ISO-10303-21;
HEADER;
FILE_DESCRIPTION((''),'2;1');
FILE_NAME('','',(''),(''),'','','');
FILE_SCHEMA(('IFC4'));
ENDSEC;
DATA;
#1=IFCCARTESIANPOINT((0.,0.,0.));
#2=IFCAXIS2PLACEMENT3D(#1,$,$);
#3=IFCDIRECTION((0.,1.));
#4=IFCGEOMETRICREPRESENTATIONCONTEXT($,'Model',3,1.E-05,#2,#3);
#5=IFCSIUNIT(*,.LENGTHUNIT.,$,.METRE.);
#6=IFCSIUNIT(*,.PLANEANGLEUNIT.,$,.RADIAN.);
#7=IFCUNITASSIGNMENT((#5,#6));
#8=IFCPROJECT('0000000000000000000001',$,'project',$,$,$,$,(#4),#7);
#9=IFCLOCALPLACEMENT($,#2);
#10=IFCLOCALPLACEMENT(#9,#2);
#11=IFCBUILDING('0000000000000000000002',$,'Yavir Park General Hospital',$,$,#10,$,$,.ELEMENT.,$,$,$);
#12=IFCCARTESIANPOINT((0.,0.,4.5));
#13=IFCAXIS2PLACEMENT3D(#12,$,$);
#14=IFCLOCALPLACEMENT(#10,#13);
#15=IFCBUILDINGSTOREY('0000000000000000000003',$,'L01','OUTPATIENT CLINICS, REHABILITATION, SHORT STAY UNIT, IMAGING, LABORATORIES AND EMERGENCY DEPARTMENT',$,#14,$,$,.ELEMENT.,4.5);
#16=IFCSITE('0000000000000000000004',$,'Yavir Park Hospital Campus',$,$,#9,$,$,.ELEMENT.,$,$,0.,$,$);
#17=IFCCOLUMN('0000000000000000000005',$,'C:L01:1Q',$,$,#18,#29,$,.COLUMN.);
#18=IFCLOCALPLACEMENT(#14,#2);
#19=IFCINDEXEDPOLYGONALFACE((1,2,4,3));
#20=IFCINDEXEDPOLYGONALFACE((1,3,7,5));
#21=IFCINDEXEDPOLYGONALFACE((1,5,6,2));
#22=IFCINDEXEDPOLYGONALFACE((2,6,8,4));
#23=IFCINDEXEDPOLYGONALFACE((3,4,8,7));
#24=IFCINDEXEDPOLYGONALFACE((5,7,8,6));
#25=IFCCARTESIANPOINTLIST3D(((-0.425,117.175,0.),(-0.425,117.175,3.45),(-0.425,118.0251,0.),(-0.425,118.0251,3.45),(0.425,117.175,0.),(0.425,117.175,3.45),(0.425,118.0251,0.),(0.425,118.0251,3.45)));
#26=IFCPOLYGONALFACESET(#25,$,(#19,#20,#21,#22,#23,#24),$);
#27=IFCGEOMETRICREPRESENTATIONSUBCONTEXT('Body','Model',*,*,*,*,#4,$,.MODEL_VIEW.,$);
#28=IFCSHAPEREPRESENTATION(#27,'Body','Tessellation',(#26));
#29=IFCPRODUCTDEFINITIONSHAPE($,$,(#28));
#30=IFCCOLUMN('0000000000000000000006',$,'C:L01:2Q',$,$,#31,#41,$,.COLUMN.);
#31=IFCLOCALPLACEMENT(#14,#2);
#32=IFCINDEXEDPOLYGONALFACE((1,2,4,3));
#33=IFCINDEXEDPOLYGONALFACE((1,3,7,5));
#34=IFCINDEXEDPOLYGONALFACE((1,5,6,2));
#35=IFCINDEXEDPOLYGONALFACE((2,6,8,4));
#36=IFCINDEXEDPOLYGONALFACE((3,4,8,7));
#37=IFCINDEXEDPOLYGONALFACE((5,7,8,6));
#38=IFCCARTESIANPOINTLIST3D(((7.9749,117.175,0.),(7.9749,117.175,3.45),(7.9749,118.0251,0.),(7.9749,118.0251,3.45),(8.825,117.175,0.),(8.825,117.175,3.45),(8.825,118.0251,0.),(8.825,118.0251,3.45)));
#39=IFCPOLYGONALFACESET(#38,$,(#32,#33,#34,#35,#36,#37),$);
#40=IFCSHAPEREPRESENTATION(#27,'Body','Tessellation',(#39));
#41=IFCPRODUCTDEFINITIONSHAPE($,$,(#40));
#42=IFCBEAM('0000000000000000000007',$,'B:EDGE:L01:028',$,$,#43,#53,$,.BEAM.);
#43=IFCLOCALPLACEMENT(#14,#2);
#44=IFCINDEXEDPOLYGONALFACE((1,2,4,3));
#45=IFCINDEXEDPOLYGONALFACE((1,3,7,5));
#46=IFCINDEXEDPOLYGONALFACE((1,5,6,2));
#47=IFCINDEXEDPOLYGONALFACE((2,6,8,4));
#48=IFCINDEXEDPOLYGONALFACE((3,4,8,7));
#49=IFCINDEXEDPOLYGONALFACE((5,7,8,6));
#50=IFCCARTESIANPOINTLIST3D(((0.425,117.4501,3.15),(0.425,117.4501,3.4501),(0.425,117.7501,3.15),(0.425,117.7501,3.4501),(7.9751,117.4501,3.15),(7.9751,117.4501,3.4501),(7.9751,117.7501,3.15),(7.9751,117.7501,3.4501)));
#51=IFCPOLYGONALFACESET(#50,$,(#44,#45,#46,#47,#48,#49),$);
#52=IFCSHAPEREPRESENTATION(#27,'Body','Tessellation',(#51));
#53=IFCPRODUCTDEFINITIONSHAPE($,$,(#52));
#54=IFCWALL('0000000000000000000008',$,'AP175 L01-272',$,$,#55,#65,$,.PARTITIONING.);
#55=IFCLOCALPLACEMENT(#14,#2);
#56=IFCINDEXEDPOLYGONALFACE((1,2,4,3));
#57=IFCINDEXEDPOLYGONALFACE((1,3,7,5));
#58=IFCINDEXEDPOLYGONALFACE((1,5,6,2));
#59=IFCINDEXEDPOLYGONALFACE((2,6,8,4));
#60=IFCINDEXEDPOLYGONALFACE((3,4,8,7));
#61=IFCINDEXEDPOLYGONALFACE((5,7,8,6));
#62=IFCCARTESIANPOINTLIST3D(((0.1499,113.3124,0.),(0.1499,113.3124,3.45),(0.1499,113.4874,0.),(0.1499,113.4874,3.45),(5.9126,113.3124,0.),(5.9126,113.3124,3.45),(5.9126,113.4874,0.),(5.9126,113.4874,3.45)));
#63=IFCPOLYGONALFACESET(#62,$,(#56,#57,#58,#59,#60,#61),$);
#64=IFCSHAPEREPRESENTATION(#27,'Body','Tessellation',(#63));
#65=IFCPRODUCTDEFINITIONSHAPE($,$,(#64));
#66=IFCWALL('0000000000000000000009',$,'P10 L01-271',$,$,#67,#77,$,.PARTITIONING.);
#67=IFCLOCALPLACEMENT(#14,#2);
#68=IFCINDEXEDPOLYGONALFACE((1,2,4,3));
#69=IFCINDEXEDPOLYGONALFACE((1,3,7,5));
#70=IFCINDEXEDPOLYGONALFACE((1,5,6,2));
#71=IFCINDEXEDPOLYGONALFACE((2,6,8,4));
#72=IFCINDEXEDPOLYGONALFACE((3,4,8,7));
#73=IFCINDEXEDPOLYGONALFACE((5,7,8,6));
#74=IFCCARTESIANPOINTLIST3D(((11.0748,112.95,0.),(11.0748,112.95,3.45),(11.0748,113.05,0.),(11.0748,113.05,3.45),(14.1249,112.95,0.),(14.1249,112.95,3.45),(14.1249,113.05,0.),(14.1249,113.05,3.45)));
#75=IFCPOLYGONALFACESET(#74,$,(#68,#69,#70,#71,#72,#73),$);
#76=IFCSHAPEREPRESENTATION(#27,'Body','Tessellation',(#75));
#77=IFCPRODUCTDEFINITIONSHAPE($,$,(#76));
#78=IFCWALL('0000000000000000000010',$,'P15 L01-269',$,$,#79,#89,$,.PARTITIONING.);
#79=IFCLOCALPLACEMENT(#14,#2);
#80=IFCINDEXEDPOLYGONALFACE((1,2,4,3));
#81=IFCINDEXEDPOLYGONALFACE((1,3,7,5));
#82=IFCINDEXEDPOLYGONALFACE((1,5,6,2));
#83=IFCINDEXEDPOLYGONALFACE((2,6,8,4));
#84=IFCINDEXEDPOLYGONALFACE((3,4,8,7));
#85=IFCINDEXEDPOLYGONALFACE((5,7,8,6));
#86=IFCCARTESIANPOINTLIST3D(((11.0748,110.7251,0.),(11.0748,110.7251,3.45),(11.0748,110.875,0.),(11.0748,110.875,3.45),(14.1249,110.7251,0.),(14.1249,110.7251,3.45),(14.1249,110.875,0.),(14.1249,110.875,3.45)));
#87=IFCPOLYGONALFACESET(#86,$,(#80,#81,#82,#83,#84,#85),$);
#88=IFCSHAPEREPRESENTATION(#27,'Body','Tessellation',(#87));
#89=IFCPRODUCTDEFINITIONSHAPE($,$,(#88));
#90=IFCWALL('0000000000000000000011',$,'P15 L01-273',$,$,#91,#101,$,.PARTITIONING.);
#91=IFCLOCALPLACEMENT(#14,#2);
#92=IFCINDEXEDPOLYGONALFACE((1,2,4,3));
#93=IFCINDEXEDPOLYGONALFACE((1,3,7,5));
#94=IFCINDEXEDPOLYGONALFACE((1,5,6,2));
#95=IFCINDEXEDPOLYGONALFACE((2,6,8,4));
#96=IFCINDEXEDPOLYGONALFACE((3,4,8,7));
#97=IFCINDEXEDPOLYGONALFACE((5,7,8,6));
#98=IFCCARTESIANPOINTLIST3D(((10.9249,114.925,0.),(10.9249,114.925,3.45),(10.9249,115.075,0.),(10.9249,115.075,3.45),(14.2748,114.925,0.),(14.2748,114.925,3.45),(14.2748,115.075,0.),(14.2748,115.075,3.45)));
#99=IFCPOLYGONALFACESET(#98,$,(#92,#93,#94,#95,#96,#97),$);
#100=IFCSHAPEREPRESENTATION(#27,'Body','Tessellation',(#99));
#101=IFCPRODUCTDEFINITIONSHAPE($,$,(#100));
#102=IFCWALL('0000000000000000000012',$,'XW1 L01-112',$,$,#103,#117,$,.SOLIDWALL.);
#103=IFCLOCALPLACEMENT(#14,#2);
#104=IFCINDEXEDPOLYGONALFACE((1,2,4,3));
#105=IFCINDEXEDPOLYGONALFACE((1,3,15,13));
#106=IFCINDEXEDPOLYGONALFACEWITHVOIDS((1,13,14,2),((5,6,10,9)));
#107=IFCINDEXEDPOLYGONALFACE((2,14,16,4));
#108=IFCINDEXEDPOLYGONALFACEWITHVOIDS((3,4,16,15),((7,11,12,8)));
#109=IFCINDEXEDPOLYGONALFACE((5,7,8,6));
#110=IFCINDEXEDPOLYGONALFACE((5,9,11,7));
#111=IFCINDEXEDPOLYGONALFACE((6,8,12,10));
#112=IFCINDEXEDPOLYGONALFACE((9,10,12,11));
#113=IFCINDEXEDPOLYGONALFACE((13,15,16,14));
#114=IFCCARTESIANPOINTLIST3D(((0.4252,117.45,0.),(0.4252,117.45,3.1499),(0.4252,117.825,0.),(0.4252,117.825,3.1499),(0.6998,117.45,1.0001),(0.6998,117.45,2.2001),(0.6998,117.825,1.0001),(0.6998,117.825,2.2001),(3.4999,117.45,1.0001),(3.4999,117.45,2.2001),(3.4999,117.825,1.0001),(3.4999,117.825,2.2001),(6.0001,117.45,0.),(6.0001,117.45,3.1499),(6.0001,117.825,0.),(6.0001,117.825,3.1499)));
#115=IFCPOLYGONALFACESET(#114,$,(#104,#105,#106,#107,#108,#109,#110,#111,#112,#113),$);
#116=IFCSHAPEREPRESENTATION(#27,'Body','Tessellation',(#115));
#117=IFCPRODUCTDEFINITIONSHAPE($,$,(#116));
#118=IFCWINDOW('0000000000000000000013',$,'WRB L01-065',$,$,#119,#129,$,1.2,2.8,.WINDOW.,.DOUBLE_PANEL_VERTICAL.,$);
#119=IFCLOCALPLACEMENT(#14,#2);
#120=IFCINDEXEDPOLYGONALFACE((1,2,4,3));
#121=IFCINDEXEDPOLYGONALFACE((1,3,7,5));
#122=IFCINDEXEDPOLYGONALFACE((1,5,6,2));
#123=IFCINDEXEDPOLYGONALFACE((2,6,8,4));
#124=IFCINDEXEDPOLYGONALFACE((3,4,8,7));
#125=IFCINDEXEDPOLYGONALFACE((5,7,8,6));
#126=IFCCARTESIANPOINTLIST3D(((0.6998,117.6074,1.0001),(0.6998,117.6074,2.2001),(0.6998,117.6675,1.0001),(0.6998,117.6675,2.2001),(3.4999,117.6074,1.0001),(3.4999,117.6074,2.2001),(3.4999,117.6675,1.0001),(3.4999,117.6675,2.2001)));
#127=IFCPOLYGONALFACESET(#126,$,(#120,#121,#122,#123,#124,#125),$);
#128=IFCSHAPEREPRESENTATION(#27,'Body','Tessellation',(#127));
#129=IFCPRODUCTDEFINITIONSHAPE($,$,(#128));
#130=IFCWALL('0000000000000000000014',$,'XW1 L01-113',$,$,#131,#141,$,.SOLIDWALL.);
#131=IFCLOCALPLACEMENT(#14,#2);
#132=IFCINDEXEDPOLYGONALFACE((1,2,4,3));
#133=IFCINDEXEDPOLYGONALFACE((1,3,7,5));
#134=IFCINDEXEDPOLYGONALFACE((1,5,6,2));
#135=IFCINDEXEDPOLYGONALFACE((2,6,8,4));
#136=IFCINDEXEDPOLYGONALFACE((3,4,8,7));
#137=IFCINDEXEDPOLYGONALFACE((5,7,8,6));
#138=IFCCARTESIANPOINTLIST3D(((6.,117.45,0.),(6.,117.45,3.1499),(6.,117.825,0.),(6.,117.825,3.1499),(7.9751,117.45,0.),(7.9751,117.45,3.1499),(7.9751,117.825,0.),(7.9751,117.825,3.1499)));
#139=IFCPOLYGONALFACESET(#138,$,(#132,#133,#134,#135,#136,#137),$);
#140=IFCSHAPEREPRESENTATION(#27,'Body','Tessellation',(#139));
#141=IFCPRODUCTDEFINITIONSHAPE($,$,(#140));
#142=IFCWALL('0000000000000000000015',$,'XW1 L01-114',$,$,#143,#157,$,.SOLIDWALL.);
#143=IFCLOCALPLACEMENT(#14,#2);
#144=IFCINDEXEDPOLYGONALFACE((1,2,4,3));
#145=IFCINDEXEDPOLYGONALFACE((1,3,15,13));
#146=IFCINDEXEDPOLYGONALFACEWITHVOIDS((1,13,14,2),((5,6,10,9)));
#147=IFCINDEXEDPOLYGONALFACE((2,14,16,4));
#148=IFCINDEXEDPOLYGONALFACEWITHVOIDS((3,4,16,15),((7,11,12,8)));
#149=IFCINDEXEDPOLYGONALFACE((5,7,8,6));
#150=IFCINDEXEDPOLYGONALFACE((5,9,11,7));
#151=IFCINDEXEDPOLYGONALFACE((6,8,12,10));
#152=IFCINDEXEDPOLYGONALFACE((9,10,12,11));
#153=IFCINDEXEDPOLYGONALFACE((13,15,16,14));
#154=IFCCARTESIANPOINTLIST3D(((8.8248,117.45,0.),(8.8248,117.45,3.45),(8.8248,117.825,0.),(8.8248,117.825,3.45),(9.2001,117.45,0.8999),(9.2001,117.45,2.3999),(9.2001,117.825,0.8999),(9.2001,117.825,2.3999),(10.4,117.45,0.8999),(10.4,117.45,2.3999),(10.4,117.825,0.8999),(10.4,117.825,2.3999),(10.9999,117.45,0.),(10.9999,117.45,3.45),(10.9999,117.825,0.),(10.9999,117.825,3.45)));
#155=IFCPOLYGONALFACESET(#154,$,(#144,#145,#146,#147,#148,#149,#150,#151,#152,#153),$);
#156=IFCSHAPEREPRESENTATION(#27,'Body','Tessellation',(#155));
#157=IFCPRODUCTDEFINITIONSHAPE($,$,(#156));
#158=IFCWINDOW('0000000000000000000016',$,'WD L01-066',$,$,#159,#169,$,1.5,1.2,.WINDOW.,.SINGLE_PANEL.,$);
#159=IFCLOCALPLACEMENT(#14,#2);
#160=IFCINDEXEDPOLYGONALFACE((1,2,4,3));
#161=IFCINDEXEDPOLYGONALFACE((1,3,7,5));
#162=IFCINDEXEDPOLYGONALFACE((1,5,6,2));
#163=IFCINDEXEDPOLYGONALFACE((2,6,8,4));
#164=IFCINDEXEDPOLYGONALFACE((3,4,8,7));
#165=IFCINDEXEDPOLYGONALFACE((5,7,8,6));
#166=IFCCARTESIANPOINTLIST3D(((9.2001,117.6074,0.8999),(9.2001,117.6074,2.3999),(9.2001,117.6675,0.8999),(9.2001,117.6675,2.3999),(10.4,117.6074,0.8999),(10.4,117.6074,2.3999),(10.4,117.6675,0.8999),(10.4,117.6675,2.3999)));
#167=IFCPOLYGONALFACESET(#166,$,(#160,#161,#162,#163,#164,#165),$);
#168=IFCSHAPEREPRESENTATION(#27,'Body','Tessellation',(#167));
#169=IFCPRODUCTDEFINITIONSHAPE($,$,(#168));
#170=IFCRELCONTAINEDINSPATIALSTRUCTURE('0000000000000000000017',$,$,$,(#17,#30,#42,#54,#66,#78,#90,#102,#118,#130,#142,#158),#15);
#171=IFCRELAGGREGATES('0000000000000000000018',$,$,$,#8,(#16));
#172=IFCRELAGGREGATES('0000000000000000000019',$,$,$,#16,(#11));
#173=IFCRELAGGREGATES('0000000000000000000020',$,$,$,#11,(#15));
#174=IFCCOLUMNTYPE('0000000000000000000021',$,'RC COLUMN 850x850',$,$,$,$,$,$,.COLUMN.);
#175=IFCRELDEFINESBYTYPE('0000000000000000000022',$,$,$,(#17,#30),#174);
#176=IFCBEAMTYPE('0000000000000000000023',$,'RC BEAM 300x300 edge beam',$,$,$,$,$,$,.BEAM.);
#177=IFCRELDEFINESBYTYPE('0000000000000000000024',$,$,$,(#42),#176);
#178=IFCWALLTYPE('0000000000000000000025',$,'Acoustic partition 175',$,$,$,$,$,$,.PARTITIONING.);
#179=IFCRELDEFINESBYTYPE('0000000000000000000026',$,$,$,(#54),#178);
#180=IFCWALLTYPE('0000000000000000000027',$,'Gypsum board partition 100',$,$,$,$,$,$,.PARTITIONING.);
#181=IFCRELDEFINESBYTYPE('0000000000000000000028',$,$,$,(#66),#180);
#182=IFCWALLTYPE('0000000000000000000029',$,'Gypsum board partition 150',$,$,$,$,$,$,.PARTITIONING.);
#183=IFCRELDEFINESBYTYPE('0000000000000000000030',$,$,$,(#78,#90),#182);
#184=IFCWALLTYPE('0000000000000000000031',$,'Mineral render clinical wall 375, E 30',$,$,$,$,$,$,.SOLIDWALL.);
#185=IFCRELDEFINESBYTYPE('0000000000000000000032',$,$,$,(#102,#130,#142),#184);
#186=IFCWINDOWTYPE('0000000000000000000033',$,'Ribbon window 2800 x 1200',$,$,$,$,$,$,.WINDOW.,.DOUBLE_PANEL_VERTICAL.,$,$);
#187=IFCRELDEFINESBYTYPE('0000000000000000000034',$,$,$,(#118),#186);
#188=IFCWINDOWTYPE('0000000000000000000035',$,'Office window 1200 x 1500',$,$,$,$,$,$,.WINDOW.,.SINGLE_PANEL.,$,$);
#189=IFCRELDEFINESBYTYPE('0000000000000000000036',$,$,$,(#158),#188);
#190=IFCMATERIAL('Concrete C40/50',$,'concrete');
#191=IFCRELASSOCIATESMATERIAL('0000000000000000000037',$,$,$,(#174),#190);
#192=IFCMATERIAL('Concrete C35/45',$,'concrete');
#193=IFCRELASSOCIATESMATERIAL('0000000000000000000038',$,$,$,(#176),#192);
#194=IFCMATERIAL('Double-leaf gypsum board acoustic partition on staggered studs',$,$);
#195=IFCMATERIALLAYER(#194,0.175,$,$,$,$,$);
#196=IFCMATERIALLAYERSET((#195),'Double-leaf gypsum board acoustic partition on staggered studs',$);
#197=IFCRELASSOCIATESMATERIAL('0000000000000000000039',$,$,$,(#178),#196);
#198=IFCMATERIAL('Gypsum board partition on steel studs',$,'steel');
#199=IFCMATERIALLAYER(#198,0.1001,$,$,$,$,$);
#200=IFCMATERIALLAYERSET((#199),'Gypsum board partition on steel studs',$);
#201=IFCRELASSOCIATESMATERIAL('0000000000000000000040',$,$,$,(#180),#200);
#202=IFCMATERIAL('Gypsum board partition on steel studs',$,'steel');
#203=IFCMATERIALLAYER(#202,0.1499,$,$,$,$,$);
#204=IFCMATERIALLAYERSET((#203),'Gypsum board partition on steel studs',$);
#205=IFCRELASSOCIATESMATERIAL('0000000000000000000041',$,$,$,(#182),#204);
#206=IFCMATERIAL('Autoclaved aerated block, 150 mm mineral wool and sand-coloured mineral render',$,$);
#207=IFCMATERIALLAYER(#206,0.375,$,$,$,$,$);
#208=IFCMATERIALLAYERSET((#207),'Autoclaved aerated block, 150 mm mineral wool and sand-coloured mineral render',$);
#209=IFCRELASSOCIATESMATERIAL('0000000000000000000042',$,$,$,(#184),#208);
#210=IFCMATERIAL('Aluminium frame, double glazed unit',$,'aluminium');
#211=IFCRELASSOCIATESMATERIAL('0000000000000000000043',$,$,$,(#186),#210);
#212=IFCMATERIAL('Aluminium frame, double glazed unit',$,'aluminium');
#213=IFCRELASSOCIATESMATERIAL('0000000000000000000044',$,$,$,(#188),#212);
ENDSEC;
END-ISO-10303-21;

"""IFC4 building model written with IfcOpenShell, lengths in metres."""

from ifc_helpers import new_model, si_unit, direction, frame, frame_2d, origin, origin_2d, place, context, subcontext, project, spatial, rectangle, extrude, material, layer, layer_set, material_profile, profile_set, type_object, element, fill, save


model = new_model("IFC4")

# Units and contexts
model_context = context("Model", 3, precision=1e-05, world=origin(), true_north=direction((0.0, 1.0)))
body_context = subcontext(model_context, "Body", "Model", "MODEL_VIEW")
ifc_project = project(units=[si_unit("LENGTHUNIT", "METRE"), si_unit("PLANEANGLEUNIT", "RADIAN")], contexts=[model_context])

# Site, building, storey
site_placement = place(None, origin())
site = spatial("IfcSite", under=ifc_project, at=site_placement, Name="Yavir Park Hospital Campus", CompositionType="ELEMENT", RefElevation=0.0)
building_placement = place(site_placement, origin())
building = spatial("IfcBuilding", under=site, at=building_placement, Name="Yavir Park General Hospital", CompositionType="ELEMENT")
storey_placement = place(building_placement, frame((0.0, 0.0, 4.5)))
storey = spatial("IfcBuildingStorey", under=building, at=storey_placement, Name="L01", Description="OUTPATIENT CLINICS, REHABILITATION, SHORT STAY UNIT, IMAGING, LABORATORIES AND EMERGENCY DEPARTMENT", CompositionType="ELEMENT", Elevation=4.5)

# Columns
ifc_material_1 = material(Name="Concrete C40/50", Category="concrete")
ifc_material_profile_1 = material_profile(ifc_material_1, rectangle(XDim=0.8501, YDim=0.8501, at=origin_2d()), Name="RC850x850")
ifc_profile_set_1 = profile_set([ifc_material_profile_1], Name="Concrete C40/50")
column_type = type_object("IfcColumnType", Name="RC COLUMN 850x850", PredefinedType="COLUMN", material=ifc_profile_set_1)
for number, where, z_axis, x_axis, name in (
    (1, (0.0, 117.6001, 0.0), (0.0, 0.0, 1.0), (1.0, 0.0, 0.0), "C:L01:1Q"),
    (2, (8.3999, 117.6001, 0.0), (0.0, 0.0, 1.0), (1.0, 0.0, 0.0), "C:L01:2Q"),
):
    element("IfcColumn", number, at=place(storey_placement, frame(where, z_axis=z_axis, x_axis=x_axis)), inside=storey, type_object=column_type, Name=name, PredefinedType="COLUMN", context=body_context, shape_type="SweptSolid", body=[
        extrude(rectangle(XDim=0.8501, YDim=0.8501, at=origin_2d()), origin(), (0.0, 0.0, 1.0), 3.45),
    ])

# Beam
ifc_material_2 = material(Name="Concrete C35/45", Category="concrete")
ifc_material_profile_2 = material_profile(ifc_material_2, rectangle(XDim=0.3, YDim=0.3, at=origin_2d()), Name="RC300x300")
ifc_profile_set_2 = profile_set([ifc_material_profile_2], Name="Concrete C35/45")
beam_type = type_object("IfcBeamType", Name="RC BEAM 300x300 edge beam", PredefinedType="BEAM", material=ifc_profile_set_2)
beam_placement = place(storey_placement, frame((0.425, 117.6001, 3.3), z_axis=(1.0, 0.0, 0.0), x_axis=(0.0, 1.0, 0.0)))
element("IfcBeam", 3, at=beam_placement, inside=storey, type_object=beam_type, Name="B:EDGE:L01:028", PredefinedType="BEAM", context=body_context, shape_type="SweptSolid", body=[
    extrude(rectangle(XDim=0.3, YDim=0.3, at=origin_2d()), origin(), (0.0, 0.0, 1.0), 7.55),
])

# Walls
ifc_material_3 = material(Name="Double-leaf gypsum board acoustic partition on staggered studs")
ifc_layer_1 = layer(ifc_material_3, 0.175)
ifc_layer_set_1 = layer_set([ifc_layer_1], Name="Double-leaf gypsum board acoustic partition on staggered studs")
wall_type_1 = type_object("IfcWallType", Name="Acoustic partition 175", PredefinedType="PARTITIONING", material=ifc_layer_set_1)
wall_1_placement = place(storey_placement, frame((0.1499, 113.3999, 0.0), z_axis=(0.0, 0.0, 1.0), x_axis=(1.0, 0.0, 0.0)))
element("IfcWall", 4, at=wall_1_placement, inside=storey, type_object=wall_type_1, Name="AP175 L01-272", PredefinedType="PARTITIONING", context=body_context, shape_type="SweptSolid", body=[
    extrude(rectangle(XDim=5.7627, YDim=0.175, at=frame_2d((2.8813, 0.0))), origin(), (0.0, 0.0, 1.0), 3.45),
])
ifc_material_4 = material(Name="Gypsum board partition on steel studs", Category="steel")
ifc_layer_2 = layer(ifc_material_4, 0.1001)
ifc_layer_set_2 = layer_set([ifc_layer_2], Name="Gypsum board partition on steel studs")
wall_type_2 = type_object("IfcWallType", Name="Gypsum board partition 100", PredefinedType="PARTITIONING", material=ifc_layer_set_2)
wall_2_placement = place(storey_placement, frame((11.075, 113.0, 0.0), z_axis=(0.0, 0.0, 1.0), x_axis=(1.0, 0.0, 0.0)))
element("IfcWall", 5, at=wall_2_placement, inside=storey, type_object=wall_type_2, Name="P10 L01-271", PredefinedType="PARTITIONING", context=body_context, shape_type="SweptSolid", body=[
    extrude(rectangle(XDim=3.05, YDim=0.1001, at=frame_2d((1.5249, 0.0))), origin(), (0.0, 0.0, 1.0), 3.45),
])
ifc_material_5 = material(Name="Gypsum board partition on steel studs", Category="steel")
ifc_layer_3 = layer(ifc_material_5, 0.1499)
ifc_layer_set_3 = layer_set([ifc_layer_3], Name="Gypsum board partition on steel studs")
wall_type_3 = type_object("IfcWallType", Name="Gypsum board partition 150", PredefinedType="PARTITIONING", material=ifc_layer_set_3)
wall_3_placement = place(storey_placement, frame((11.075, 110.8, 0.0), z_axis=(0.0, 0.0, 1.0), x_axis=(1.0, 0.0, 0.0)))
element("IfcWall", 6, at=wall_3_placement, inside=storey, type_object=wall_type_3, Name="P15 L01-269", PredefinedType="PARTITIONING", context=body_context, shape_type="SweptSolid", body=[
    extrude(rectangle(XDim=3.05, YDim=0.1499, at=frame_2d((1.5249, 0.0))), origin(), (0.0, 0.0, 1.0), 3.45),
])
wall_4_placement = place(storey_placement, frame((10.925, 115.0, 0.0), z_axis=(0.0, 0.0, 1.0), x_axis=(1.0, 0.0, 0.0)))
element("IfcWall", 7, at=wall_4_placement, inside=storey, type_object=wall_type_3, Name="P15 L01-273", PredefinedType="PARTITIONING", context=body_context, shape_type="SweptSolid", body=[
    extrude(rectangle(XDim=3.3499, YDim=0.1499, at=frame_2d((1.6748, 0.0))), origin(), (0.0, 0.0, 1.0), 3.45),
])

# Wall, opening, window
ifc_material_6 = material(Name="Autoclaved aerated block, 150 mm mineral wool and sand-coloured mineral render")
ifc_layer_4 = layer(ifc_material_6, 0.375)
ifc_layer_set_4 = layer_set([ifc_layer_4], Name="Autoclaved aerated block, 150 mm mineral wool and sand-coloured mineral render")
wall_type_4 = type_object("IfcWallType", Name="Mineral render clinical wall 375, E 30", PredefinedType="SOLIDWALL", material=ifc_layer_set_4)
wall_5_placement = place(storey_placement, frame((0.425, 117.6375, 0.0), z_axis=(0.0, 0.0, 1.0), x_axis=(1.0, 0.0, 0.0)))
wall_5 = element("IfcWall", 8, at=wall_5_placement, inside=storey, type_object=wall_type_4, Name="XW1 L01-112", PredefinedType="SOLIDWALL", context=body_context, shape_type="SweptSolid", body=[
    extrude(rectangle(XDim=5.575, YDim=0.375, at=frame_2d((2.7876, 0.0))), origin(), (0.0, 0.0, 1.0), 3.1499),
])
opening_1_placement = place(wall_5_placement, frame((0.2749, 0.0, 1.0)))
opening_1 = element("IfcOpeningElement", 9, at=opening_1_placement, cuts=wall_5, PredefinedType="OPENING", context=body_context, shape_type="SweptSolid", body=[
    extrude(rectangle(XDim=2.8, YDim=1.2, at=frame_2d((1.3999, 0.6001))), frame((0.0, 0.1975, 0.0), z_axis=(0.0, -1.0, 0.0), x_axis=(1.0, 0.0, 0.0)), (0.0, 0.0, 1.0), 0.395),
])
ifc_material_7 = material(Name="Aluminium frame, double glazed unit", Category="aluminium")
window_type_1 = type_object("IfcWindowType", Name="Ribbon window 2800 x 1200", PartitioningType="DOUBLE_PANEL_VERTICAL", PredefinedType="WINDOW", material=ifc_material_7)
window_1_placement = place(opening_1_placement, origin())
window_1 = element("IfcWindow", 10, at=window_1_placement, inside=storey, type_object=window_type_1, Name="WRB L01-065", OverallHeight=1.2, OverallWidth=2.8, PartitioningType="DOUBLE_PANEL_VERTICAL", PredefinedType="WINDOW", context=body_context, shape_type="SweptSolid", body=[
    extrude(rectangle(XDim=2.8, YDim=1.2, at=frame_2d((1.3999, 0.6001))), frame((0.0, 0.03, 0.0), z_axis=(0.0, -1.0, 0.0), x_axis=(1.0, 0.0, 0.0)), (0.0, 0.0, 1.0), 0.0601),
])
fill(opening_1, window_1)

# Wall
wall_6_placement = place(storey_placement, frame((6.0, 117.6375, 0.0), z_axis=(0.0, 0.0, 1.0), x_axis=(1.0, 0.0, 0.0)))
element("IfcWall", 11, at=wall_6_placement, inside=storey, type_object=wall_type_4, Name="XW1 L01-113", PredefinedType="SOLIDWALL", context=body_context, shape_type="SweptSolid", body=[
    extrude(rectangle(XDim=1.9751, YDim=0.375, at=frame_2d((0.9875, 0.0))), origin(), (0.0, 0.0, 1.0), 3.1499),
])

# Wall, opening, window
wall_7_placement = place(storey_placement, frame((8.825, 117.6375, 0.0), z_axis=(0.0, 0.0, 1.0), x_axis=(1.0, 0.0, 0.0)))
wall_7 = element("IfcWall", 12, at=wall_7_placement, inside=storey, type_object=wall_type_4, Name="XW1 L01-114", PredefinedType="SOLIDWALL", context=body_context, shape_type="SweptSolid", body=[
    extrude(rectangle(XDim=2.175, YDim=0.375, at=frame_2d((1.0874, 0.0))), origin(), (0.0, 0.0, 1.0), 3.45),
])
opening_2_placement = place(wall_7_placement, frame((0.375, 0.0, 0.8999)))
opening_2 = element("IfcOpeningElement", 13, at=opening_2_placement, cuts=wall_7, PredefinedType="OPENING", context=body_context, shape_type="SweptSolid", body=[
    extrude(rectangle(XDim=1.2, YDim=1.5, at=frame_2d((0.6001, 0.75))), frame((0.0, 0.1975, 0.0), z_axis=(0.0, -1.0, 0.0), x_axis=(1.0, 0.0, 0.0)), (0.0, 0.0, 1.0), 0.395),
])
ifc_material_8 = material(Name="Aluminium frame, double glazed unit", Category="aluminium")
window_type_2 = type_object("IfcWindowType", Name="Office window 1200 x 1500", PartitioningType="SINGLE_PANEL", PredefinedType="WINDOW", material=ifc_material_8)
window_2_placement = place(opening_2_placement, origin())
window_2 = element("IfcWindow", 14, at=window_2_placement, inside=storey, type_object=window_type_2, Name="WD L01-066", OverallHeight=1.5, OverallWidth=1.2, PartitioningType="SINGLE_PANEL", PredefinedType="WINDOW", context=body_context, shape_type="SweptSolid", body=[
    extrude(rectangle(XDim=1.2, YDim=1.5, at=frame_2d((0.6001, 0.75))), frame((0.0, 0.03, 0.0), z_axis=(0.0, -1.0, 0.0), x_axis=(1.0, 0.0, 0.0)), (0.0, 0.0, 1.0), 0.0601),
])
fill(opening_2, window_2)

save(model, "model.ifc")
